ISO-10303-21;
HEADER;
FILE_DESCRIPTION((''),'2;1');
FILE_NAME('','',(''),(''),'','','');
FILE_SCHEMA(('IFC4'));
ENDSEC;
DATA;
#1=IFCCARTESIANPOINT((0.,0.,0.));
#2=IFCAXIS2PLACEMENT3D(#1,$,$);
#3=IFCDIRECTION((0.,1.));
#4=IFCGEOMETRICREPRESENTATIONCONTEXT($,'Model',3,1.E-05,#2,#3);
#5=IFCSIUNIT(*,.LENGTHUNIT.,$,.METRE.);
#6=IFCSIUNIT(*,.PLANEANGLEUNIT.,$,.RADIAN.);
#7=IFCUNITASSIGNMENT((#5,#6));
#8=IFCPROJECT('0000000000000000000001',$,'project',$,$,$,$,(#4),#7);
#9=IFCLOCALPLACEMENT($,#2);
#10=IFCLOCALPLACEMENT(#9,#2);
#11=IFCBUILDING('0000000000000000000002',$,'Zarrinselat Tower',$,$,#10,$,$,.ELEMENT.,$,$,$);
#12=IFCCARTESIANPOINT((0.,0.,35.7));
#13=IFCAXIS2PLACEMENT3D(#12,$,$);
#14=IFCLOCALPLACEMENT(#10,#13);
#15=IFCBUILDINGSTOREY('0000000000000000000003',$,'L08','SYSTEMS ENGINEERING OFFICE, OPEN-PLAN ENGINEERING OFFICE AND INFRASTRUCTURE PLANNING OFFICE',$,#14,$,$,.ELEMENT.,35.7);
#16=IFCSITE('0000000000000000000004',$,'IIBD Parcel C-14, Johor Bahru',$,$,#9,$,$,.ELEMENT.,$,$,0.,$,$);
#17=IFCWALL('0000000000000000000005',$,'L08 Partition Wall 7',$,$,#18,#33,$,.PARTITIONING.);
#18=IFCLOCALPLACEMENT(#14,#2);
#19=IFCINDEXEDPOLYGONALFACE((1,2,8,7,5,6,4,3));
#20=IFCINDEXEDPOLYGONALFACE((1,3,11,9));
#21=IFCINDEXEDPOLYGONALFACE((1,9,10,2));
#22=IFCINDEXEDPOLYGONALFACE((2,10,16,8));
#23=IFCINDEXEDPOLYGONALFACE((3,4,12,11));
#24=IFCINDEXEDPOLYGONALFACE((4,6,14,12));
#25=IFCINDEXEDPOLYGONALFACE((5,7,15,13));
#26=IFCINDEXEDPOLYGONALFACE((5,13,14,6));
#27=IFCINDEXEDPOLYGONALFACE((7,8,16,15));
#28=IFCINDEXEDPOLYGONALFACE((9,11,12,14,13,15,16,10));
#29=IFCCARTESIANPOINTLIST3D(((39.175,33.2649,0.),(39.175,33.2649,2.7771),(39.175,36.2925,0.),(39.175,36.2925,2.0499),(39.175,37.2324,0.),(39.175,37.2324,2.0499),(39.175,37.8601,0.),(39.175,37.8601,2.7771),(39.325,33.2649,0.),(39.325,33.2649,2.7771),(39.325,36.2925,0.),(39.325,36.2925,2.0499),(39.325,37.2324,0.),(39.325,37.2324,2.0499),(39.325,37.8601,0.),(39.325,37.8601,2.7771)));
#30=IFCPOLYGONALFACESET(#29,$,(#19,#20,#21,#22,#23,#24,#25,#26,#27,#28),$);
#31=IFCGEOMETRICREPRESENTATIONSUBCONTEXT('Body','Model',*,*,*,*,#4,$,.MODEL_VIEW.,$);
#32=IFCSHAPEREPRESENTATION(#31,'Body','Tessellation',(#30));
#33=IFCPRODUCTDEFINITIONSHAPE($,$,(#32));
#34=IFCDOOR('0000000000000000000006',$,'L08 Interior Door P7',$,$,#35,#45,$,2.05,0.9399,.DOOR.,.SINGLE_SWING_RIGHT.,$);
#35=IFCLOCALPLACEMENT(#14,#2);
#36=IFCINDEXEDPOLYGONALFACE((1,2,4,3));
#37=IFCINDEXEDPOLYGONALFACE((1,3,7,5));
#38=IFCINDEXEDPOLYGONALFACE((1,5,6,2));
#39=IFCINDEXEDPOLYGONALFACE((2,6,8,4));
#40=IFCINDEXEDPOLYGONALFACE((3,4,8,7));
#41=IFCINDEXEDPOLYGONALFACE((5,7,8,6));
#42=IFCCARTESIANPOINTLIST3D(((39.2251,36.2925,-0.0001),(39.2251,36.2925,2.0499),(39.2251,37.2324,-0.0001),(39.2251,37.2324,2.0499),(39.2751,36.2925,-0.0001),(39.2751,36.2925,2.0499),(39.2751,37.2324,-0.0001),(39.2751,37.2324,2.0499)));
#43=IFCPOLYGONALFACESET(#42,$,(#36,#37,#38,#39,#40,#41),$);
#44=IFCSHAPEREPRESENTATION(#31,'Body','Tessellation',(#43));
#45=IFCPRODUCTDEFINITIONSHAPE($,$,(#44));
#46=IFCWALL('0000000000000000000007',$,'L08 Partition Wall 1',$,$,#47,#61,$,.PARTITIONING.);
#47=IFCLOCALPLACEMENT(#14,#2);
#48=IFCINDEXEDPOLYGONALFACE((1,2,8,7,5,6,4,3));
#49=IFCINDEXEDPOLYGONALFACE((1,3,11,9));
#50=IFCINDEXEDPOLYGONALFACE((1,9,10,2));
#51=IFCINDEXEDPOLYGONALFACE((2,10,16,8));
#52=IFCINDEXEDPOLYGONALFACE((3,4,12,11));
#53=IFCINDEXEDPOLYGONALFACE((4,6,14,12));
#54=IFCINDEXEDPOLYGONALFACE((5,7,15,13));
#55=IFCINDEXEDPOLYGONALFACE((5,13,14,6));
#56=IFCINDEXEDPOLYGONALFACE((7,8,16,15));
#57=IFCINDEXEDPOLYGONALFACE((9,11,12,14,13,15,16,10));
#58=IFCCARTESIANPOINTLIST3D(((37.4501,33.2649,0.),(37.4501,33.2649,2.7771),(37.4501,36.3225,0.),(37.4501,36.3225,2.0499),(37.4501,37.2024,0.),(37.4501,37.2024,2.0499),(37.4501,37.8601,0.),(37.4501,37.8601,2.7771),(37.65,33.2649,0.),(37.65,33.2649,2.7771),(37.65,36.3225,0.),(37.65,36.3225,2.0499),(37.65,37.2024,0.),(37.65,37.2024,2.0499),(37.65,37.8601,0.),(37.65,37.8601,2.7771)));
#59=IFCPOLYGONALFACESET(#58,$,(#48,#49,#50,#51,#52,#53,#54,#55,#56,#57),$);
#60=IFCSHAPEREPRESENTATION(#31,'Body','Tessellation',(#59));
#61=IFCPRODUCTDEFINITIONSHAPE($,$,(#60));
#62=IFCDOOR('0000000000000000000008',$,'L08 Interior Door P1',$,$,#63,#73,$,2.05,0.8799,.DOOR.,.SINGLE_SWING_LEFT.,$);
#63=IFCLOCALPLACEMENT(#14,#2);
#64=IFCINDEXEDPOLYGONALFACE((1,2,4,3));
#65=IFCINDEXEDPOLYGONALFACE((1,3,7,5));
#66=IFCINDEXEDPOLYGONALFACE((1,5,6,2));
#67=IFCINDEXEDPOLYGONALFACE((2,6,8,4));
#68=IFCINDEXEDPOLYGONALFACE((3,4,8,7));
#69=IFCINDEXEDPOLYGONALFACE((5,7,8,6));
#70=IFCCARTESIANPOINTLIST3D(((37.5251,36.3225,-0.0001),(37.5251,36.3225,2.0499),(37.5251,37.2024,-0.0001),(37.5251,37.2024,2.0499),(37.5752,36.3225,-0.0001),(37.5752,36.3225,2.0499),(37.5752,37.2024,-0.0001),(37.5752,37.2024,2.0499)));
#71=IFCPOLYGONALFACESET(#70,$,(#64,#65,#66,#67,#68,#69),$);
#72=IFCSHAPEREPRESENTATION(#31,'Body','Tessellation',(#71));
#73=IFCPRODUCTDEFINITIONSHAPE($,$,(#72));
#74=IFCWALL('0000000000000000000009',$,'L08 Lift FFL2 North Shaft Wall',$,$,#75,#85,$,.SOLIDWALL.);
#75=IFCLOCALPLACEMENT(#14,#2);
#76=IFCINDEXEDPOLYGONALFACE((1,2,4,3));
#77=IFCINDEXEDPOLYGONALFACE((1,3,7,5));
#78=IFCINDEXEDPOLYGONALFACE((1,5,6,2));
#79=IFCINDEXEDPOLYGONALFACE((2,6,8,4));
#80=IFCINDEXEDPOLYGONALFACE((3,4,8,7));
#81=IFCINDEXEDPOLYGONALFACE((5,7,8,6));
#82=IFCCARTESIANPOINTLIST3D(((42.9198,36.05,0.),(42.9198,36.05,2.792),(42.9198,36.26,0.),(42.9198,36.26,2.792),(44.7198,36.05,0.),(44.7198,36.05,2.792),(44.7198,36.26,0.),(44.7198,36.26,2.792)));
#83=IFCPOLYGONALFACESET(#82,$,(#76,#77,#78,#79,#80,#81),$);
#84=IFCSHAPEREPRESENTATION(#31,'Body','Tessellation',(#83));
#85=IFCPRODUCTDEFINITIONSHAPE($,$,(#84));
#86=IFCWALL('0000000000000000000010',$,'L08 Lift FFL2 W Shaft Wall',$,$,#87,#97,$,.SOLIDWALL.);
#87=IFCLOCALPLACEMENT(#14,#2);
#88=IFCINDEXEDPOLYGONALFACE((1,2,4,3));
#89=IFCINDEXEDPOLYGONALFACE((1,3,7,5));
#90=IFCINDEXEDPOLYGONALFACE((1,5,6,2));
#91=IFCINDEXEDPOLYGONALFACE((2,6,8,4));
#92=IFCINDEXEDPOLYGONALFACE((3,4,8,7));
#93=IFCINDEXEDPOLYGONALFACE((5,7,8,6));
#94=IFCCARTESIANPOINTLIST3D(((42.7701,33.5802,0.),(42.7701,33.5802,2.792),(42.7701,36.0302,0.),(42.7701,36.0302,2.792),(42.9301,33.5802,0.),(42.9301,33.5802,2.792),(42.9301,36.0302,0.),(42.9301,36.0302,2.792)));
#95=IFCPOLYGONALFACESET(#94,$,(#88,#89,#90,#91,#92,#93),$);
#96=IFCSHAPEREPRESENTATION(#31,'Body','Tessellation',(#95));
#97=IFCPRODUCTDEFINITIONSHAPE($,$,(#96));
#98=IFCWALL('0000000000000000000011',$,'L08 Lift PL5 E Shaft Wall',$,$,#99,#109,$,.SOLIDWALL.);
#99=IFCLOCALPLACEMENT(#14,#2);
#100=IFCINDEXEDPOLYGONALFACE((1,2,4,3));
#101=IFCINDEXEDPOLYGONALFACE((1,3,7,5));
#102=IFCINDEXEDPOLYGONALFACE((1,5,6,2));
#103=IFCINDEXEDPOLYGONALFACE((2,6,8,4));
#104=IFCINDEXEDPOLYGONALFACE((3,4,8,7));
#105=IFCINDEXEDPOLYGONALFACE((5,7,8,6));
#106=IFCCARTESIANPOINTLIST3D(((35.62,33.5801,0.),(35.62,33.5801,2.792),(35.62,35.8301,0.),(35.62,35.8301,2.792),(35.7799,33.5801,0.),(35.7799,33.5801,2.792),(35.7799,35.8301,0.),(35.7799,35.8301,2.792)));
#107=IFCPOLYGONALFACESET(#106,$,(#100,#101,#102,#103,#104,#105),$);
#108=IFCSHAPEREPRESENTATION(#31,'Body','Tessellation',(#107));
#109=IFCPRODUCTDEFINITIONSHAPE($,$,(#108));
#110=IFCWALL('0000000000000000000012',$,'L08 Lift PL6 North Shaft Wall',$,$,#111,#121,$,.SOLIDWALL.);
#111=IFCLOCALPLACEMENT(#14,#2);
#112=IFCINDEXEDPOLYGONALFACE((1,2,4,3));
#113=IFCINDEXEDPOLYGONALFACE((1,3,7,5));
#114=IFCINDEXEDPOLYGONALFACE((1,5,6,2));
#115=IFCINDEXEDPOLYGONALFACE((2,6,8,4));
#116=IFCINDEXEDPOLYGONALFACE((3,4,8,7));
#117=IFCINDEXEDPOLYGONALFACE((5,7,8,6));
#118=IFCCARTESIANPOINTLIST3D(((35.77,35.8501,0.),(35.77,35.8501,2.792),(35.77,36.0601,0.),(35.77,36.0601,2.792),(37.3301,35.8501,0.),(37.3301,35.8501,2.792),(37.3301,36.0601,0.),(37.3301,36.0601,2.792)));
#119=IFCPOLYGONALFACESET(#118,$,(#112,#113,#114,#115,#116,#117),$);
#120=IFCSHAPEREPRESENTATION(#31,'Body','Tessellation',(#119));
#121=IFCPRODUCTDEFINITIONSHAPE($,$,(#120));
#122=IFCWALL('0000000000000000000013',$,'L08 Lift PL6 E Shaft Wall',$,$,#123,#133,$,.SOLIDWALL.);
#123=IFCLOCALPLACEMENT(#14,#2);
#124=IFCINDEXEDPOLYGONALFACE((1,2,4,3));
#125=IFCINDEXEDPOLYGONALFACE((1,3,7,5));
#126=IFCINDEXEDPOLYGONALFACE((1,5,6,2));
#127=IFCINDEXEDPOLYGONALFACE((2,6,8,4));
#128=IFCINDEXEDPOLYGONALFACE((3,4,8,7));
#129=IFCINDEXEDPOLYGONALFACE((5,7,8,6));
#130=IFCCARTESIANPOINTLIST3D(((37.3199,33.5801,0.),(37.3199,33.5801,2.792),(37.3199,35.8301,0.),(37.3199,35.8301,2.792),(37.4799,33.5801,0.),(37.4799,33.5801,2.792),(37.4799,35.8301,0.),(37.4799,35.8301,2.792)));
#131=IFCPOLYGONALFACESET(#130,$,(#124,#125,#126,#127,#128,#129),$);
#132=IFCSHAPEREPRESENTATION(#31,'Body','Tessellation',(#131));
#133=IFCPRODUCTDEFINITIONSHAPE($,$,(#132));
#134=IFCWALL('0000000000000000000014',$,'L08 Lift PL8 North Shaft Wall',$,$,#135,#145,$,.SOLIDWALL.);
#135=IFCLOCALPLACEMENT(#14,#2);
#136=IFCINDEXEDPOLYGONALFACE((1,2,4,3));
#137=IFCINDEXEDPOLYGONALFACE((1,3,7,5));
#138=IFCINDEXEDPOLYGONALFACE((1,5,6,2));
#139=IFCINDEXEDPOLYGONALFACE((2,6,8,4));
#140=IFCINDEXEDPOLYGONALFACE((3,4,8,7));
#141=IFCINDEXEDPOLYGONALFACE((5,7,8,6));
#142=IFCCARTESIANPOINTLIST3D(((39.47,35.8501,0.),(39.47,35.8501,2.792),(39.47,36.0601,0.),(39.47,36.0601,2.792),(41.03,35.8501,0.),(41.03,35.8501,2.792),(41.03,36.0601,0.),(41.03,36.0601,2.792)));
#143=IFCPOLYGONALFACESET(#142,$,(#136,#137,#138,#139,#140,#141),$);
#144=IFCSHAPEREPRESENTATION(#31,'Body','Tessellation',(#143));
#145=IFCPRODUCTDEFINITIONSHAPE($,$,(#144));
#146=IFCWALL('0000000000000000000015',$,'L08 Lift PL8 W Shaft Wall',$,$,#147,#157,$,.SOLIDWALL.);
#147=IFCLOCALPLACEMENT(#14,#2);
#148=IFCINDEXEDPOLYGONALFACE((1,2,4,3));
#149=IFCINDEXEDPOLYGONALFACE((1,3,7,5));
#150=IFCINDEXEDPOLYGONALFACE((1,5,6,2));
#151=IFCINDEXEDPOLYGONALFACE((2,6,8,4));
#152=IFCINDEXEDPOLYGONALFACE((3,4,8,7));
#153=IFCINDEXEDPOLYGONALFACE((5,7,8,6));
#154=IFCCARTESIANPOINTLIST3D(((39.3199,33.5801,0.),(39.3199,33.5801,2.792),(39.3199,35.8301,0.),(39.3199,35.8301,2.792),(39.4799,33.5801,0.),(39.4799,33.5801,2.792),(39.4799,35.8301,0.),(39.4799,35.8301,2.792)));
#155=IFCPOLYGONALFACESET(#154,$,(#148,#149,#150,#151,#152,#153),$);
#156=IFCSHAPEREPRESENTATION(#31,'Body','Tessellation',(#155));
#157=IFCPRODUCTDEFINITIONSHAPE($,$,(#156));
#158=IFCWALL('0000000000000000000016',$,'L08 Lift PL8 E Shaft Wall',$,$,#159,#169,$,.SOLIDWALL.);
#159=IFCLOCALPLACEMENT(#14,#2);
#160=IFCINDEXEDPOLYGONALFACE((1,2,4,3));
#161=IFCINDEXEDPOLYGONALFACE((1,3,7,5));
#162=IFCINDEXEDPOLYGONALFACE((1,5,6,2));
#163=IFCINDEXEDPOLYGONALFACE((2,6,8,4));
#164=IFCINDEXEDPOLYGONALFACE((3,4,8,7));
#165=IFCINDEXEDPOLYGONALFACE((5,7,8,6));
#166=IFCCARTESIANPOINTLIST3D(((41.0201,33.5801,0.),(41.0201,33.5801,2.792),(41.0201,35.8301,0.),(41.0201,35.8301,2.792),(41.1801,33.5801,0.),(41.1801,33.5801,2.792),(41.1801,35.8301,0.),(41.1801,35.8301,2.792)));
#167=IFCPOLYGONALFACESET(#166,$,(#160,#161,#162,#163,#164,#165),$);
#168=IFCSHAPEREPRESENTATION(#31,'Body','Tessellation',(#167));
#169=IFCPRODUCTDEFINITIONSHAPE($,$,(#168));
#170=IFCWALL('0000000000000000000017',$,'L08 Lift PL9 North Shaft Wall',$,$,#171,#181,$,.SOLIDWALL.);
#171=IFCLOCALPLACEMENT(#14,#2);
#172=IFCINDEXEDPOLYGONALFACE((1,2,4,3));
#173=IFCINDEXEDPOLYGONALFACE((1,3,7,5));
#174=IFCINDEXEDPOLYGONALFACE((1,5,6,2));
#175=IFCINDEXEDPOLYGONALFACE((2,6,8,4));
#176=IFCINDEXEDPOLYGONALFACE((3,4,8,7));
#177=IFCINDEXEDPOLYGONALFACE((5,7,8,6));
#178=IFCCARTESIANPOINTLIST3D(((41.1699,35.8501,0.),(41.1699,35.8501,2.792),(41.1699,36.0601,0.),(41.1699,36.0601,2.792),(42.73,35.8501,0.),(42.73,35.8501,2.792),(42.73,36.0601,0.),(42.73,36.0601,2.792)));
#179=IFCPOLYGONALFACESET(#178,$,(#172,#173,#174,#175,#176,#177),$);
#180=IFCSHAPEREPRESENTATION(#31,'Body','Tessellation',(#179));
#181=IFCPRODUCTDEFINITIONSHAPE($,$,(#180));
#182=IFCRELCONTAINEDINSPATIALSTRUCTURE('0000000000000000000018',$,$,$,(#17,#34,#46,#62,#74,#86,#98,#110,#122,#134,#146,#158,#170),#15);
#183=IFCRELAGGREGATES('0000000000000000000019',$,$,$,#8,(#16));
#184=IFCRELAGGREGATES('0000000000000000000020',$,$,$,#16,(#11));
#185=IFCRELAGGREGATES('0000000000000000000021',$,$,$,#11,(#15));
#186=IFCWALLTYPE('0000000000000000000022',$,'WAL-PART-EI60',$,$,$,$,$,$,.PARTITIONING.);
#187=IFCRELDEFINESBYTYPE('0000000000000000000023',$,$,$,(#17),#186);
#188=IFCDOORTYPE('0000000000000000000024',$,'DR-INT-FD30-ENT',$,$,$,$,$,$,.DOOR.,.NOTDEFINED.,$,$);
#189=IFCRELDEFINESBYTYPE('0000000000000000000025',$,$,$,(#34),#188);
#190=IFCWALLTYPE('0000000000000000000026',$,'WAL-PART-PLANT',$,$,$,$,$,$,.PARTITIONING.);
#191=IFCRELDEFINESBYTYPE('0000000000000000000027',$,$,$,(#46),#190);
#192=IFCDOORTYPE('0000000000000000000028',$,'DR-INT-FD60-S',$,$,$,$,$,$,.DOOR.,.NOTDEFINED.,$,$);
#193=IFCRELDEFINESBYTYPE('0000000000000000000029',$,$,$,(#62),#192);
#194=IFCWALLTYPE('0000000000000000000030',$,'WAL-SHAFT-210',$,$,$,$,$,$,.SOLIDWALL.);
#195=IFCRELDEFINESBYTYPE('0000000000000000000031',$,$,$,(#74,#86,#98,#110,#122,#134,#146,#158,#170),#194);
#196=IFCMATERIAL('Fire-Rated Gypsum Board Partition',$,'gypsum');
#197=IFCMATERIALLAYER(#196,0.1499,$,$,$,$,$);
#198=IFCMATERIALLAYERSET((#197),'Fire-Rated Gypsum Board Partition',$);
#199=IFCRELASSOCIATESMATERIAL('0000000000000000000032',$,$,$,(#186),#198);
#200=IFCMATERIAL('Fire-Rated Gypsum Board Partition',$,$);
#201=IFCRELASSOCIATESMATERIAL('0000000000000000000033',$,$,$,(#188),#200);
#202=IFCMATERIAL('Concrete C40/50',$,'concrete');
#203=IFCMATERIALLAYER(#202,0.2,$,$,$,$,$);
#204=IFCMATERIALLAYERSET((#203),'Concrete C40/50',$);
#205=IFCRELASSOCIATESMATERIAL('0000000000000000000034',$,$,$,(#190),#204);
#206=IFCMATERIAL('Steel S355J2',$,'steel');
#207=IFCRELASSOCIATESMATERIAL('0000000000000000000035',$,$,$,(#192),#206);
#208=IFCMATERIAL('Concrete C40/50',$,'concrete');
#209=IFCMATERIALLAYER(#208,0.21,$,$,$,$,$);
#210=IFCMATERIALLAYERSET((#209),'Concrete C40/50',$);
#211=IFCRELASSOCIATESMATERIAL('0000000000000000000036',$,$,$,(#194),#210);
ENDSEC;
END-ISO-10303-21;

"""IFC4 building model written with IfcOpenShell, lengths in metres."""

from ifc_helpers import new_model, si_unit, direction, frame, frame_2d, origin, place, context, subcontext, project, spatial, rectangle, extrude, material, layer, layer_set, type_object, element, fill, save


model = new_model("IFC4")

# Units and contexts
model_context = context("Model", 3, precision=1e-05, world=origin(), true_north=direction((0.0, 1.0)))
body_context = subcontext(model_context, "Body", "Model", "MODEL_VIEW")
ifc_project = project(units=[si_unit("LENGTHUNIT", "METRE"), si_unit("PLANEANGLEUNIT", "RADIAN")], contexts=[model_context])

# Site, building, storey
site_placement = place(None, origin())
site = spatial("IfcSite", under=ifc_project, at=site_placement, Name="IIBD Parcel C-14, Johor Bahru", CompositionType="ELEMENT", RefElevation=0.0)
building_placement = place(site_placement, origin())
building = spatial("IfcBuilding", under=site, at=building_placement, Name="Zarrinselat Tower", CompositionType="ELEMENT")
storey_placement = place(building_placement, frame((0.0, 0.0, 35.7)))
storey = spatial("IfcBuildingStorey", under=building, at=storey_placement, Name="L08", Description="SYSTEMS ENGINEERING OFFICE, OPEN-PLAN ENGINEERING OFFICE AND INFRASTRUCTURE PLANNING OFFICE", CompositionType="ELEMENT", Elevation=35.7)

# Walls, openings, doors
ifc_material_1 = material(Name="Fire-Rated Gypsum Board Partition", Category="gypsum")
ifc_layer_1 = layer(ifc_material_1, 0.1499)
ifc_layer_set_1 = layer_set([ifc_layer_1], Name="Fire-Rated Gypsum Board Partition")
wall_type_1 = type_object("IfcWallType", Name="WAL-PART-EI60", PredefinedType="PARTITIONING", material=ifc_layer_set_1)
wall_1_placement = place(storey_placement, frame((39.25, 33.2649, 0.0), z_axis=(0.0, 0.0, 1.0), x_axis=(0.0, 1.0, 0.0)))
wall_1 = element("IfcWall", 1, at=wall_1_placement, inside=storey, type_object=wall_type_1, Name="L08 Partition Wall 7", PredefinedType="PARTITIONING", context=body_context, shape_type="SweptSolid", body=[
    extrude(rectangle(XDim=4.5952, YDim=0.1499, at=frame_2d((2.2976, 0.0))), origin(), (0.0, 0.0, 1.0), 2.7771),
])
opening_1_placement = place(wall_1_placement, frame((3.0276, 0.0, 0.0)))
opening_1 = element("IfcOpeningElement", 2, at=opening_1_placement, cuts=wall_1, PredefinedType="OPENING", context=body_context, shape_type="SweptSolid", body=[
    extrude(rectangle(XDim=0.9399, YDim=2.05, at=frame_2d((0.47, 1.0249))), frame((0.0, 0.085, 0.0), z_axis=(0.0, -1.0, 0.0), x_axis=(1.0, 0.0, 0.0)), (0.0, 0.0, 1.0), 0.1699),
])
ifc_material_2 = material(Name="Fire-Rated Gypsum Board Partition")
door_type_1 = type_object("IfcDoorType", Name="DR-INT-FD30-ENT", OperationType="NOTDEFINED", PredefinedType="DOOR", material=ifc_material_2)
door_1_placement = place(opening_1_placement, origin())
door_1 = element("IfcDoor", 3, at=door_1_placement, inside=storey, type_object=door_type_1, Name="L08 Interior Door P7", OperationType="SINGLE_SWING_RIGHT", OverallHeight=2.05, OverallWidth=0.9399, PredefinedType="DOOR", context=body_context, shape_type="SweptSolid", body=[
    extrude(rectangle(XDim=0.9399, YDim=2.05, at=frame_2d((0.47, 1.0249))), frame((0.0, 0.0249, 0.0), z_axis=(0.0, -1.0, 0.0), x_axis=(1.0, 0.0, 0.0)), (0.0, 0.0, 1.0), 0.05),
])
fill(opening_1, door_1)
ifc_material_3 = material(Name="Concrete C40/50", Category="concrete")
ifc_layer_2 = layer(ifc_material_3, 0.2)
ifc_layer_set_2 = layer_set([ifc_layer_2], Name="Concrete C40/50")
wall_type_2 = type_object("IfcWallType", Name="WAL-PART-PLANT", PredefinedType="PARTITIONING", material=ifc_layer_set_2)
wall_2_placement = place(storey_placement, frame((37.55, 33.2649, 0.0), z_axis=(0.0, 0.0, 1.0), x_axis=(0.0, 1.0, 0.0)))
wall_2 = element("IfcWall", 4, at=wall_2_placement, inside=storey, type_object=wall_type_2, Name="L08 Partition Wall 1", PredefinedType="PARTITIONING", context=body_context, shape_type="SweptSolid", body=[
    extrude(rectangle(XDim=4.5952, YDim=0.2, at=frame_2d((2.2976, 0.0))), origin(), (0.0, 0.0, 1.0), 2.7771),
])
opening_2_placement = place(wall_2_placement, frame((3.0576, 0.0, 0.0)))
opening_2 = element("IfcOpeningElement", 5, at=opening_2_placement, cuts=wall_2, PredefinedType="OPENING", context=body_context, shape_type="SweptSolid", body=[
    extrude(rectangle(XDim=0.8799, YDim=2.05, at=frame_2d((0.4399, 1.0249))), frame((0.0, 0.1099, 0.0), z_axis=(0.0, -1.0, 0.0), x_axis=(1.0, 0.0, 0.0)), (0.0, 0.0, 1.0), 0.22),
])
ifc_material_4 = material(Name="Steel S355J2", Category="steel")
door_type_2 = type_object("IfcDoorType", Name="DR-INT-FD60-S", OperationType="NOTDEFINED", PredefinedType="DOOR", material=ifc_material_4)
door_2_placement = place(opening_2_placement, origin())
door_2 = element("IfcDoor", 6, at=door_2_placement, inside=storey, type_object=door_type_2, Name="L08 Interior Door P1", OperationType="SINGLE_SWING_LEFT", OverallHeight=2.05, OverallWidth=0.8799, PredefinedType="DOOR", context=body_context, shape_type="SweptSolid", body=[
    extrude(rectangle(XDim=0.8799, YDim=2.05, at=frame_2d((0.4399, 1.0249))), frame((0.0, 0.0249, 0.0), z_axis=(0.0, -1.0, 0.0), x_axis=(1.0, 0.0, 0.0)), (0.0, 0.0, 1.0), 0.05),
])
fill(opening_2, door_2)

# Walls
ifc_material_5 = material(Name="Concrete C40/50", Category="concrete")
ifc_layer_3 = layer(ifc_material_5, 0.21)
ifc_layer_set_3 = layer_set([ifc_layer_3], Name="Concrete C40/50")
wall_type_3 = type_object("IfcWallType", Name="WAL-SHAFT-210", PredefinedType="SOLIDWALL", material=ifc_layer_set_3)
wall_3_placement = place(storey_placement, frame((42.9199, 36.155, 0.0), z_axis=(0.0, 0.0, 1.0), x_axis=(1.0, 0.0, 0.0)))
element("IfcWall", 7, at=wall_3_placement, inside=storey, type_object=wall_type_3, Name="L08 Lift FFL2 North Shaft Wall", PredefinedType="SOLIDWALL", context=body_context, shape_type="SweptSolid", body=[
    extrude(rectangle(XDim=1.8, YDim=0.21, at=frame_2d((0.8999, 0.0))), origin(), (0.0, 0.0, 1.0), 2.792),
])
wall_4_placement = place(storey_placement, frame((42.8501, 33.5801, 0.0), z_axis=(0.0, 0.0, 1.0), x_axis=(0.0, 1.0, 0.0)))
element("IfcWall", 8, at=wall_4_placement, inside=storey, type_object=wall_type_3, Name="L08 Lift FFL2 W Shaft Wall", PredefinedType="SOLIDWALL", context=body_context, shape_type="SweptSolid", body=[
    extrude(rectangle(XDim=2.45, YDim=0.1599, at=frame_2d((1.2251, 0.0))), origin(), (0.0, 0.0, 1.0), 2.792),
])
wall_5_placement = place(storey_placement, frame((35.7, 33.5801, 0.0), z_axis=(0.0, 0.0, 1.0), x_axis=(0.0, 1.0, 0.0)))
element("IfcWall", 9, at=wall_5_placement, inside=storey, type_object=wall_type_3, Name="L08 Lift PL5 E Shaft Wall", PredefinedType="SOLIDWALL", context=body_context, shape_type="SweptSolid", body=[
    extrude(rectangle(XDim=2.25, YDim=0.1599, at=frame_2d((1.125, 0.0))), origin(), (0.0, 0.0, 1.0), 2.792),
])
wall_6_placement = place(storey_placement, frame((35.77, 35.9551, 0.0), z_axis=(0.0, 0.0, 1.0), x_axis=(1.0, 0.0, 0.0)))
element("IfcWall", 10, at=wall_6_placement, inside=storey, type_object=wall_type_3, Name="L08 Lift PL6 North Shaft Wall", PredefinedType="SOLIDWALL", context=body_context, shape_type="SweptSolid", body=[
    extrude(rectangle(XDim=1.5601, YDim=0.21, at=frame_2d((0.78, 0.0))), origin(), (0.0, 0.0, 1.0), 2.792),
])
wall_7_placement = place(storey_placement, frame((37.3999, 33.5801, 0.0), z_axis=(0.0, 0.0, 1.0), x_axis=(0.0, 1.0, 0.0)))
element("IfcWall", 11, at=wall_7_placement, inside=storey, type_object=wall_type_3, Name="L08 Lift PL6 E Shaft Wall", PredefinedType="SOLIDWALL", context=body_context, shape_type="SweptSolid", body=[
    extrude(rectangle(XDim=2.25, YDim=0.1599, at=frame_2d((1.125, 0.0))), origin(), (0.0, 0.0, 1.0), 2.792),
])
wall_8_placement = place(storey_placement, frame((39.47, 35.9551, 0.0), z_axis=(0.0, 0.0, 1.0), x_axis=(1.0, 0.0, 0.0)))
element("IfcWall", 12, at=wall_8_placement, inside=storey, type_object=wall_type_3, Name="L08 Lift PL8 North Shaft Wall", PredefinedType="SOLIDWALL", context=body_context, shape_type="SweptSolid", body=[
    extrude(rectangle(XDim=1.5601, YDim=0.21, at=frame_2d((0.78, 0.0))), origin(), (0.0, 0.0, 1.0), 2.792),
])
for number, where, z_axis, x_axis, name in (
    (13, (39.3999, 33.5801, 0.0), (0.0, 0.0, 1.0), (0.0, 1.0, 0.0), "L08 Lift PL8 W Shaft Wall"),
    (14, (41.1001, 33.5801, 0.0), (0.0, 0.0, 1.0), (0.0, 1.0, 0.0), "L08 Lift PL8 E Shaft Wall"),
):
    element("IfcWall", number, at=place(storey_placement, frame(where, z_axis=z_axis, x_axis=x_axis)), inside=storey, type_object=wall_type_3, Name=name, PredefinedType="SOLIDWALL", context=body_context, shape_type="SweptSolid", body=[
        extrude(rectangle(XDim=2.25, YDim=0.1599, at=frame_2d((1.125, 0.0))), origin(), (0.0, 0.0, 1.0), 2.792),
    ])
wall_9_placement = place(storey_placement, frame((41.1699, 35.9551, 0.0), z_axis=(0.0, 0.0, 1.0), x_axis=(1.0, 0.0, 0.0)))
element("IfcWall", 15, at=wall_9_placement, inside=storey, type_object=wall_type_3, Name="L08 Lift PL9 North Shaft Wall", PredefinedType="SOLIDWALL", context=body_context, shape_type="SweptSolid", body=[
    extrude(rectangle(XDim=1.5601, YDim=0.21, at=frame_2d((0.78, 0.0))), origin(), (0.0, 0.0, 1.0), 2.792),
])

save(model, "model.ifc")
